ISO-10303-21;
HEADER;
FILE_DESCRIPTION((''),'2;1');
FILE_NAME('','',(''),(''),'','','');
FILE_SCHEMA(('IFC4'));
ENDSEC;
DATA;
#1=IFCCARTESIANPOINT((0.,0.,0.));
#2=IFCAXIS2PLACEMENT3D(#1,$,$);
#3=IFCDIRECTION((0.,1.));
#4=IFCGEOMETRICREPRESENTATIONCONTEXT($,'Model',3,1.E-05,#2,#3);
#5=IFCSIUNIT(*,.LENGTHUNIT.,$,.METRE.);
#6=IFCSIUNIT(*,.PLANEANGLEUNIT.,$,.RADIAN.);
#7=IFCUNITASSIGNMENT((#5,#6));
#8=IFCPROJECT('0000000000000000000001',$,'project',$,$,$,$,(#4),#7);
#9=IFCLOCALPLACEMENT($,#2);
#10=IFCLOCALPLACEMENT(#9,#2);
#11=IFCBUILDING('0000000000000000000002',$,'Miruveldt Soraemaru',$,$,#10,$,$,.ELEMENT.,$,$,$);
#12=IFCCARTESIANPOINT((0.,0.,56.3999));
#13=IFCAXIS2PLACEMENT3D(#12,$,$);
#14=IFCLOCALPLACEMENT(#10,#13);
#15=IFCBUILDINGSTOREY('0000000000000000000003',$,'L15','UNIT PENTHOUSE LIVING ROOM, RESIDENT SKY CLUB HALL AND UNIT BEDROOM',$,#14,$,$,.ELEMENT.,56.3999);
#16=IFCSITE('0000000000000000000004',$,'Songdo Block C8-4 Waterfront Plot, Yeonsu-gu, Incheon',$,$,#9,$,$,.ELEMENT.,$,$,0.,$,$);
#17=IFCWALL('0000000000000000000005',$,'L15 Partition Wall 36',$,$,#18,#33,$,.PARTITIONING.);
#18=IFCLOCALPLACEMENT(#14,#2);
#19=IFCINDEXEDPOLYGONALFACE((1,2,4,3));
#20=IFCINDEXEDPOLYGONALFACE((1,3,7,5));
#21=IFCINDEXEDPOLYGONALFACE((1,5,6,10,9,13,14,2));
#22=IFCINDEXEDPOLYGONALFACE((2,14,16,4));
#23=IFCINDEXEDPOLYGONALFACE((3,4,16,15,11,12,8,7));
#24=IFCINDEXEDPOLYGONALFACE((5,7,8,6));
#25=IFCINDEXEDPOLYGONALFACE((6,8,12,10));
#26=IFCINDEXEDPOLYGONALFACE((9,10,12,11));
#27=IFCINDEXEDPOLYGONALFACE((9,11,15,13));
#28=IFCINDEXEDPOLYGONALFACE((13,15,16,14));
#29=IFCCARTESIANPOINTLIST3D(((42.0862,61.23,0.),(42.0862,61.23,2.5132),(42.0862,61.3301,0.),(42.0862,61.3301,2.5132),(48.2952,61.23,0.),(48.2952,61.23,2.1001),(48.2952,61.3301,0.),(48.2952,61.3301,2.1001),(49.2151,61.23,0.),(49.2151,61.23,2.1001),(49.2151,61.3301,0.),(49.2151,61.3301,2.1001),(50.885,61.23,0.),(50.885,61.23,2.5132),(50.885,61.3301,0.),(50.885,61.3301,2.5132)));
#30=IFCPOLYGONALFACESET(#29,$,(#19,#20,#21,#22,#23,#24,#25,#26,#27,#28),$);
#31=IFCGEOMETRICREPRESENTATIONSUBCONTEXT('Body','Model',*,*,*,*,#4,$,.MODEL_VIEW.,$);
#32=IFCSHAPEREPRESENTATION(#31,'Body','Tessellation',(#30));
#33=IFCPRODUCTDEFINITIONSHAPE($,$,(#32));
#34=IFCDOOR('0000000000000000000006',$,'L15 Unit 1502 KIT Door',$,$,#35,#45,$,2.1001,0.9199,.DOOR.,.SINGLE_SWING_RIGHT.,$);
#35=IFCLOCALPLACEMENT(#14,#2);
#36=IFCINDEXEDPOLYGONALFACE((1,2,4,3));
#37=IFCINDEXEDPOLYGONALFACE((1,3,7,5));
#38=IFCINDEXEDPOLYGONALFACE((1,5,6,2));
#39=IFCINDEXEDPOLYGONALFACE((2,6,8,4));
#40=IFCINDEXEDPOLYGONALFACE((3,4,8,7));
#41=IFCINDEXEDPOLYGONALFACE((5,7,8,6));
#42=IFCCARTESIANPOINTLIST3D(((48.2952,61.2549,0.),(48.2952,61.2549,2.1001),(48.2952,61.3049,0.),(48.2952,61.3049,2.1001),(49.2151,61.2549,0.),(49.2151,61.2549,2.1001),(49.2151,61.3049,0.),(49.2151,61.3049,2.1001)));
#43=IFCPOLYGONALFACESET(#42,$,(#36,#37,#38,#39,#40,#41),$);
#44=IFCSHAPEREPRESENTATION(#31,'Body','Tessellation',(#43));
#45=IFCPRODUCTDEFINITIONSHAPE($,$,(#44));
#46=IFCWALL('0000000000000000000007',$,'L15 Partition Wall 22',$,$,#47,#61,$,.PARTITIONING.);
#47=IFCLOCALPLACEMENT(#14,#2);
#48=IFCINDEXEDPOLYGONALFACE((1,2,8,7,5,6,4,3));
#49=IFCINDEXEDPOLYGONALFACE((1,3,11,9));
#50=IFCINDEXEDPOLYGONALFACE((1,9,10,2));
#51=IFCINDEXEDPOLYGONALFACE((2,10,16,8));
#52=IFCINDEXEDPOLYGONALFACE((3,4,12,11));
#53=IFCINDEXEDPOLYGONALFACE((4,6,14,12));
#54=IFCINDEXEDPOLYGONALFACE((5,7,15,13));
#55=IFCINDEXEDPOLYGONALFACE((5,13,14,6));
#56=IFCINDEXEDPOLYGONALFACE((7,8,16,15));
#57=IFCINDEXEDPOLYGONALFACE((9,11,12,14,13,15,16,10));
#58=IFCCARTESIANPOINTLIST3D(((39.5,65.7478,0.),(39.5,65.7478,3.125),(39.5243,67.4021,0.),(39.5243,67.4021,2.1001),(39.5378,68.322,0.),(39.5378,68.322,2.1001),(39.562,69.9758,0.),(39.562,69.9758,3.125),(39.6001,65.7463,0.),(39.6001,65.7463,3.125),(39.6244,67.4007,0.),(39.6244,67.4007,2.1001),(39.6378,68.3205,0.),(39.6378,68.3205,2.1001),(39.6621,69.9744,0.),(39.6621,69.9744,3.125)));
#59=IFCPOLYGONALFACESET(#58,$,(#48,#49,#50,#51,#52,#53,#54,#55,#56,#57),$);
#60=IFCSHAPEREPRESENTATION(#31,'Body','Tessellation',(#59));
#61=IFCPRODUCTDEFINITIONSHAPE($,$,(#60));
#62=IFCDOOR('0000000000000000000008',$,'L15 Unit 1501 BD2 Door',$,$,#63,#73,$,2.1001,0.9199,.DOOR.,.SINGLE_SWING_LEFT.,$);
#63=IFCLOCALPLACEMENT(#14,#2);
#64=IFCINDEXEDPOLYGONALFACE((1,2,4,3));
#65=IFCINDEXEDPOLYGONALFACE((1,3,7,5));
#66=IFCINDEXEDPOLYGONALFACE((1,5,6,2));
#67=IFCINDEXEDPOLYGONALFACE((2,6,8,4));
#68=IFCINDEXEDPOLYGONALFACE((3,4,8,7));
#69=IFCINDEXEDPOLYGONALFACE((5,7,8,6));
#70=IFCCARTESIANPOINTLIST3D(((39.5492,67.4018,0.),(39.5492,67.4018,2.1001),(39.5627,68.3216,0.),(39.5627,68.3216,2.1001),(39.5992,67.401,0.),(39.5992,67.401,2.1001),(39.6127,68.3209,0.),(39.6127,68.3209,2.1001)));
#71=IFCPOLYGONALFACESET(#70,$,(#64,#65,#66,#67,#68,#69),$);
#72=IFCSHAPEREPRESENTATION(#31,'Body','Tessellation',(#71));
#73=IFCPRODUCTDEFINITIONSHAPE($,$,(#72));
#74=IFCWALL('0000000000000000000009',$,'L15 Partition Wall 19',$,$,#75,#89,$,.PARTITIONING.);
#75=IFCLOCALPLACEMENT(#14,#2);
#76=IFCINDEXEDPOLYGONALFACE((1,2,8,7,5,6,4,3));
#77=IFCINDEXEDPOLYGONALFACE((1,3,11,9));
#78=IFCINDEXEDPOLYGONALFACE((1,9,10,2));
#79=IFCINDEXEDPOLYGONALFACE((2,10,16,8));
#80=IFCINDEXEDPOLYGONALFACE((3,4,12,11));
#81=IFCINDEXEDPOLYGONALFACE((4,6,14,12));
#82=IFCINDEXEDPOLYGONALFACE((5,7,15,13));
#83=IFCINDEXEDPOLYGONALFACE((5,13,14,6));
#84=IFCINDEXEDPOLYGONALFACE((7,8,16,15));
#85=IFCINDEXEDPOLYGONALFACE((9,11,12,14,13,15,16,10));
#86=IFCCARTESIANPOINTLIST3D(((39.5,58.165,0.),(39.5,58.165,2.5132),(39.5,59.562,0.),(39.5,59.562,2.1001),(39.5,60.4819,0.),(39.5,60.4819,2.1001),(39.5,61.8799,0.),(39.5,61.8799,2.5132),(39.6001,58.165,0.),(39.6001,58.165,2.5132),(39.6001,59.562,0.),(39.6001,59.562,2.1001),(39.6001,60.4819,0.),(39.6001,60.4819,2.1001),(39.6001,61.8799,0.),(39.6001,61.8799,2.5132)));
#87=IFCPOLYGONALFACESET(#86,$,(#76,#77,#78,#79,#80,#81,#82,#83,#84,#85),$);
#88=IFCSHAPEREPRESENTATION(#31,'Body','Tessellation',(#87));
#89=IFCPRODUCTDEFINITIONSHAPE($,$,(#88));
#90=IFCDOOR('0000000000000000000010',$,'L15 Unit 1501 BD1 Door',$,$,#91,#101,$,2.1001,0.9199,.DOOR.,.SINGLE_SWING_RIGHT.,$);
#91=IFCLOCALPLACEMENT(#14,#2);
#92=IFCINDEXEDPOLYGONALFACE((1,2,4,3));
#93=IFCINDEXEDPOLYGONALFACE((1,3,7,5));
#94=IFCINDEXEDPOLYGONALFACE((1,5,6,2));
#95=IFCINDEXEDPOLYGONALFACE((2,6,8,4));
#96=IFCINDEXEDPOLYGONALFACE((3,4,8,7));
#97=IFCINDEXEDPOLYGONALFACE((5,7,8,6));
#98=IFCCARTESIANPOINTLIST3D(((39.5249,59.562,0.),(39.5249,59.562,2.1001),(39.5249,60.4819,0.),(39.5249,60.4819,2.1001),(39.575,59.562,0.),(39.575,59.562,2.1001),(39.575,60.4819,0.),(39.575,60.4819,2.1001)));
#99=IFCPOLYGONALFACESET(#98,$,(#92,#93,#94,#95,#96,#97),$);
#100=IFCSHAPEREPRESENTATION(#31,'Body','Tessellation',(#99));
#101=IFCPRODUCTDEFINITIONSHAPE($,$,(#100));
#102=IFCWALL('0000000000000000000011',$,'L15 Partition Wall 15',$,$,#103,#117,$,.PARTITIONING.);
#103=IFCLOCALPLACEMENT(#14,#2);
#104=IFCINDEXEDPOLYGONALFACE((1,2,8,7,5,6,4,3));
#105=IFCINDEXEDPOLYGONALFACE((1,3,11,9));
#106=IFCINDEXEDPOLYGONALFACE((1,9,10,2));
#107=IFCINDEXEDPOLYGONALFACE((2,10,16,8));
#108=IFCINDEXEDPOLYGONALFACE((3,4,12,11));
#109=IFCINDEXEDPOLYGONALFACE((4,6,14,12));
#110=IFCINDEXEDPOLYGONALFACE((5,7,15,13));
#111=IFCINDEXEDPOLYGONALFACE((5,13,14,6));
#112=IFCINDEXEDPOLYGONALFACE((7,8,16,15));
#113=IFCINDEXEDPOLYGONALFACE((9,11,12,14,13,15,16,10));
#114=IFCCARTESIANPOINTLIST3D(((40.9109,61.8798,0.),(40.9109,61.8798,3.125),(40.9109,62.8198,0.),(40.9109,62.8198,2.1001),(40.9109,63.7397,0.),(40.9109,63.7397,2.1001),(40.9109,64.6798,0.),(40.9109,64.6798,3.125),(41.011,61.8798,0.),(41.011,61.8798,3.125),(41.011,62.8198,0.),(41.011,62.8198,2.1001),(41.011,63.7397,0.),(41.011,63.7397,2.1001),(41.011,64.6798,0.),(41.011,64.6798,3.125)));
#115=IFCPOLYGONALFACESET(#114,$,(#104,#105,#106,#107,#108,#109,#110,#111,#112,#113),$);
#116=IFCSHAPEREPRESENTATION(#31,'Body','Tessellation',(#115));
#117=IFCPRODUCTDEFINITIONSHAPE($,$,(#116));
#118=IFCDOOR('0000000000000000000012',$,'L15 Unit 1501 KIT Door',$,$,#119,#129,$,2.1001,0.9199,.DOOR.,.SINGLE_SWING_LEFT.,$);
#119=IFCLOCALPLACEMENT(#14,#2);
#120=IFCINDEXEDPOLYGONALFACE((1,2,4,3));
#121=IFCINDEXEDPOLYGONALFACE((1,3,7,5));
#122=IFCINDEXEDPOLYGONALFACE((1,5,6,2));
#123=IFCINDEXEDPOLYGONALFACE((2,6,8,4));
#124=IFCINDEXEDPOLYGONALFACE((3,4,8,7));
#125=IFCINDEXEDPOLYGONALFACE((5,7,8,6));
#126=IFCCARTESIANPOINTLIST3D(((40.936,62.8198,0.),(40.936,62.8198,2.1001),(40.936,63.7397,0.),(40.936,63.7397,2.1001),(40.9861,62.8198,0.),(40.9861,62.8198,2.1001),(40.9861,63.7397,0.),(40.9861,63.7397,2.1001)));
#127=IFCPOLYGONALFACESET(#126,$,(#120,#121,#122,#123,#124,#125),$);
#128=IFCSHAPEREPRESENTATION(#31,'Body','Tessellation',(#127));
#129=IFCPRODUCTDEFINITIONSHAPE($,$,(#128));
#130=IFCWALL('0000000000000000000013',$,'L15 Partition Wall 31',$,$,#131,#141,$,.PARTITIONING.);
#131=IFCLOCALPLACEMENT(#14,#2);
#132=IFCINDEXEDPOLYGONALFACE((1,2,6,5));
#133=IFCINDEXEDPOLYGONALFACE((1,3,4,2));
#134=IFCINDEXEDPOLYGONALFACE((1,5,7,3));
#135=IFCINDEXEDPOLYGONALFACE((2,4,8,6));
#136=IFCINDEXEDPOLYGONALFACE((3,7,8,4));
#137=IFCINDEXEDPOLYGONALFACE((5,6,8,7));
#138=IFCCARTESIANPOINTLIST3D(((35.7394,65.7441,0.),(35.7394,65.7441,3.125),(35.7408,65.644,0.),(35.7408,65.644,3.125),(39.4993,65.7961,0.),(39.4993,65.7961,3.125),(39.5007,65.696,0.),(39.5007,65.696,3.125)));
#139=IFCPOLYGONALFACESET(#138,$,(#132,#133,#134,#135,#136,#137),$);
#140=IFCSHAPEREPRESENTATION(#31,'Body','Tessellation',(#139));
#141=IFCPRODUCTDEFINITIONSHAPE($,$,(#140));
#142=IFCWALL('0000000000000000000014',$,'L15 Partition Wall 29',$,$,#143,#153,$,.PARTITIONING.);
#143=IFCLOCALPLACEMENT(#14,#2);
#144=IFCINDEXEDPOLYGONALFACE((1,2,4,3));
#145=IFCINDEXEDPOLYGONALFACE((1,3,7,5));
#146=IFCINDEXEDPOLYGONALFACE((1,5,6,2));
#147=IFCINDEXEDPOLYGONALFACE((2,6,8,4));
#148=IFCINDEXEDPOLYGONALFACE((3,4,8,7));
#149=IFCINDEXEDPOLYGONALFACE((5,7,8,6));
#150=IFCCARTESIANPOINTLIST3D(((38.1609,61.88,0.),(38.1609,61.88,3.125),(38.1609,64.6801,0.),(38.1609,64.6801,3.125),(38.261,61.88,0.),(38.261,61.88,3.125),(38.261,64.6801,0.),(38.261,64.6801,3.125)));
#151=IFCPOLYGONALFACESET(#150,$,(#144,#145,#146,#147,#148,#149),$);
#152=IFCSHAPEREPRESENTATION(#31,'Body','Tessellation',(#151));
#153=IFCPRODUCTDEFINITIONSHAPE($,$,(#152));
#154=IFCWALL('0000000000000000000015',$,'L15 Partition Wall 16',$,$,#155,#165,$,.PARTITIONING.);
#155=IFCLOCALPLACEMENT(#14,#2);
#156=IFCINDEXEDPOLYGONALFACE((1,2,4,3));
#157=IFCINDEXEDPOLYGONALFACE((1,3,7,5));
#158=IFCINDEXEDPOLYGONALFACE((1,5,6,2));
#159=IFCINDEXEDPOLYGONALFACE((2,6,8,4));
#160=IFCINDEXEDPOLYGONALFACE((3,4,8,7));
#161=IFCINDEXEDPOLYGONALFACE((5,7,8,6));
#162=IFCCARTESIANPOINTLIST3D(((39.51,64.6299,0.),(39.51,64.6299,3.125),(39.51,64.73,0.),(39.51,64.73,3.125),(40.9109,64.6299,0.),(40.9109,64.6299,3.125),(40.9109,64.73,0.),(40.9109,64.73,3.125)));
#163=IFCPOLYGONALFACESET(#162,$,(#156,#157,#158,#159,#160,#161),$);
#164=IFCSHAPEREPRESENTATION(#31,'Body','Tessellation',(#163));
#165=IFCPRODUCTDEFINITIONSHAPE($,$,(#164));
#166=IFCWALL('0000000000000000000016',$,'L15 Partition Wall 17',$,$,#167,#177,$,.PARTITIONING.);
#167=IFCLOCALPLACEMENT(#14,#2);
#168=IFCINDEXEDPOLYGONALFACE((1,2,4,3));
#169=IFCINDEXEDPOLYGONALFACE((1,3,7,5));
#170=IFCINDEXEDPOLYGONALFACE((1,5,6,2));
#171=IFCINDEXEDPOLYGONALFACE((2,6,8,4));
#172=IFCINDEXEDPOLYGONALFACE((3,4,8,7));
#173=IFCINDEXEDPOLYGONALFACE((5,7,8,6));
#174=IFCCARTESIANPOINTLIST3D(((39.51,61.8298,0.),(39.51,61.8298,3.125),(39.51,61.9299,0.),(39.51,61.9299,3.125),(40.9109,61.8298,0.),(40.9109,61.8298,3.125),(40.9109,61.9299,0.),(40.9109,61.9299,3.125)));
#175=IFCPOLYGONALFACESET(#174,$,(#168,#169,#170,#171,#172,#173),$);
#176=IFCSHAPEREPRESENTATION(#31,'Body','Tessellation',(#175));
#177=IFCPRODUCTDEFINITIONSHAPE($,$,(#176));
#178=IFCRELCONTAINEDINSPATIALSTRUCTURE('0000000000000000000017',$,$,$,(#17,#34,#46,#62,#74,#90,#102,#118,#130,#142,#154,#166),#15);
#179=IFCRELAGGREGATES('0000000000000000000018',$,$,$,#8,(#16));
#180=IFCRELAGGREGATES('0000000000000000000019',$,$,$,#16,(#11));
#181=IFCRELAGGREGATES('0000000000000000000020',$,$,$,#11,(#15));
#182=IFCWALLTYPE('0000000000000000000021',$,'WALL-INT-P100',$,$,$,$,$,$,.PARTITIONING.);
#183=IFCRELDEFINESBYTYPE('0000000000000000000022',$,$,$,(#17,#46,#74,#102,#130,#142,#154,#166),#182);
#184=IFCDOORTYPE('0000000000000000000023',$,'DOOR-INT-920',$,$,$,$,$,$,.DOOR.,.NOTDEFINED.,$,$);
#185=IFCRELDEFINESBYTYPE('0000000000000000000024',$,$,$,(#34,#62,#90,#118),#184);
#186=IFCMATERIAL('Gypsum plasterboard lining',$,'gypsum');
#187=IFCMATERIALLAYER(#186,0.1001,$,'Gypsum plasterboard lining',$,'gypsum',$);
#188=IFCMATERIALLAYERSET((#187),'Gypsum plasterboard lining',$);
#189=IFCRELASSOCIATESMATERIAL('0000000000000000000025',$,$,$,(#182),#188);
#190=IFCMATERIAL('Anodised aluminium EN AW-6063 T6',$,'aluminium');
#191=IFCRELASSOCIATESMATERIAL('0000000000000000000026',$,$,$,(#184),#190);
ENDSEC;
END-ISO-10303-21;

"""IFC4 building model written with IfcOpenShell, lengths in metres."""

from ifc_helpers import new_model, si_unit, direction, frame, frame_2d, origin, place, context, subcontext, project, spatial, rectangle, extrude, material, layer, layer_set, type_object, element, fill, save


model = new_model("IFC4")

# Units and contexts
model_context = context("Model", 3, precision=1e-05, world=origin(), true_north=direction((0.0, 1.0)))
body_context = subcontext(model_context, "Body", "Model", "MODEL_VIEW")
ifc_project = project(units=[si_unit("LENGTHUNIT", "METRE"), si_unit("PLANEANGLEUNIT", "RADIAN")], contexts=[model_context])

# Site, building, storey
site_placement = place(None, origin())
site = spatial("IfcSite", under=ifc_project, at=site_placement, Name="Songdo Block C8-4 Waterfront Plot, Yeonsu-gu, Incheon", CompositionType="ELEMENT", RefElevation=0.0)
building_placement = place(site_placement, origin())
building = spatial("IfcBuilding", under=site, at=building_placement, Name="Miruveldt Soraemaru", CompositionType="ELEMENT")
storey_placement = place(building_placement, frame((0.0, 0.0, 56.3999)))
storey = spatial("IfcBuildingStorey", under=building, at=storey_placement, Name="L15", Description="UNIT PENTHOUSE LIVING ROOM, RESIDENT SKY CLUB HALL AND UNIT BEDROOM", CompositionType="ELEMENT", Elevation=56.3999)

# Shared definitions
ifc_material_1 = material(Name="Anodised aluminium EN AW-6063 T6", Category="aluminium")

# Walls, openings, doors
ifc_material_2 = material(Name="Gypsum plasterboard lining", Category="gypsum")
ifc_layer_1 = layer(ifc_material_2, 0.1001, Name="Gypsum plasterboard lining", Category="gypsum")
ifc_layer_set_1 = layer_set([ifc_layer_1], Name="Gypsum plasterboard lining")
wall_type_1 = type_object("IfcWallType", Name="WALL-INT-P100", PredefinedType="PARTITIONING", material=ifc_layer_set_1)
wall_1_placement = place(storey_placement, frame((42.0862, 61.28, 0.0), z_axis=(0.0, 0.0, 1.0), x_axis=(1.0, 0.0, 0.0)))
wall_1 = element("IfcWall", 1, at=wall_1_placement, inside=storey, type_object=wall_type_1, Name="L15 Partition Wall 36", PredefinedType="PARTITIONING", context=body_context, shape_type="SweptSolid", body=[
    extrude(rectangle(XDim=8.7988, YDim=0.1001, at=frame_2d((4.3994, 0.0))), origin(), (0.0, 0.0, 1.0), 2.5132),
])
opening_1_placement = place(wall_1_placement, frame((6.209, 0.0, 0.0)))
opening_1 = element("IfcOpeningElement", 2, at=opening_1_placement, cuts=wall_1, PredefinedType="OPENING", context=body_context, shape_type="SweptSolid", body=[
    extrude(rectangle(XDim=0.9199, YDim=2.1001, at=frame_2d((0.46, 1.05))), frame((0.0, 0.0601, 0.0), z_axis=(0.0, -1.0, 0.0), x_axis=(1.0, 0.0, 0.0)), (0.0, 0.0, 1.0), 0.1201),
])
door_type = type_object("IfcDoorType", Name="DOOR-INT-920", OperationType="NOTDEFINED", PredefinedType="DOOR", material=ifc_material_1)
door_1_placement = place(opening_1_placement, origin())
door_1 = element("IfcDoor", 3, at=door_1_placement, inside=storey, type_object=door_type, Name="L15 Unit 1502 KIT Door", OperationType="SINGLE_SWING_RIGHT", OverallHeight=2.1001, OverallWidth=0.9199, PredefinedType="DOOR", context=body_context, shape_type="SweptSolid", body=[
    extrude(rectangle(XDim=0.9199, YDim=2.1001, at=frame_2d((0.46, 1.05))), frame((0.0, 0.0249, 0.0), z_axis=(0.0, -1.0, 0.0), x_axis=(1.0, 0.0, 0.0)), (0.0, 0.0, 1.0), 0.05),
])
fill(opening_1, door_1)
wall_2_placement = place(storey_placement, frame((39.6121, 69.9751, 0.0), z_axis=(0.0, 0.0, 1.0), x_axis=(-0.014665, -0.999892, 0.0)))
wall_2 = element("IfcWall", 4, at=wall_2_placement, inside=storey, type_object=wall_type_1, Name="L15 Partition Wall 22", PredefinedType="PARTITIONING", context=body_context, shape_type="SweptSolid", body=[
    extrude(rectangle(XDim=4.2285, YDim=0.1001, at=frame_2d((2.1143, 0.0))), origin(), (0.0, 0.0, 1.0), 3.125),
])
opening_2_placement = place(wall_2_placement, frame((1.6541, 0.0, 0.0)))
opening_2 = element("IfcOpeningElement", 5, at=opening_2_placement, cuts=wall_2, PredefinedType="OPENING", context=body_context, shape_type="SweptSolid", body=[
    extrude(rectangle(XDim=0.9199, YDim=2.1001, at=frame_2d((0.46, 1.05))), frame((0.0, 0.0601, 0.0), z_axis=(0.0, -1.0, 0.0), x_axis=(1.0, 0.0, 0.0)), (0.0, 0.0, 1.0), 0.1201),
])
door_2_placement = place(opening_2_placement, origin())
door_2 = element("IfcDoor", 6, at=door_2_placement, inside=storey, type_object=door_type, Name="L15 Unit 1501 BD2 Door", OperationType="SINGLE_SWING_LEFT", OverallHeight=2.1001, OverallWidth=0.9199, PredefinedType="DOOR", context=body_context, shape_type="SweptSolid", body=[
    extrude(rectangle(XDim=0.9199, YDim=2.1001, at=frame_2d((0.46, 1.05))), frame((0.0, 0.0249, 0.0), z_axis=(0.0, -1.0, 0.0), x_axis=(1.0, 0.0, 0.0)), (0.0, 0.0, 1.0), 0.05),
])
fill(opening_2, door_2)
wall_3_placement = place(storey_placement, frame((39.55, 61.8799, 0.0), z_axis=(0.0, 0.0, 1.0), x_axis=(0.0, -1.0, 0.0)))
wall_3 = element("IfcWall", 7, at=wall_3_placement, inside=storey, type_object=wall_type_1, Name="L15 Partition Wall 19", PredefinedType="PARTITIONING", context=body_context, shape_type="SweptSolid", body=[
    extrude(rectangle(XDim=3.7148, YDim=0.1001, at=frame_2d((1.8574, 0.0))), origin(), (0.0, 0.0, 1.0), 2.5132),
])
opening_3_placement = place(wall_3_placement, frame((1.3979, 0.0, 0.0)))
opening_3 = element("IfcOpeningElement", 8, at=opening_3_placement, cuts=wall_3, PredefinedType="OPENING", context=body_context, shape_type="SweptSolid", body=[
    extrude(rectangle(XDim=0.9199, YDim=2.1001, at=frame_2d((0.46, 1.05))), frame((0.0, 0.0601, 0.0), z_axis=(0.0, -1.0, 0.0), x_axis=(1.0, 0.0, 0.0)), (0.0, 0.0, 1.0), 0.1201),
])
door_3_placement = place(opening_3_placement, origin())
door_3 = element("IfcDoor", 9, at=door_3_placement, inside=storey, type_object=door_type, Name="L15 Unit 1501 BD1 Door", OperationType="SINGLE_SWING_RIGHT", OverallHeight=2.1001, OverallWidth=0.9199, PredefinedType="DOOR", context=body_context, shape_type="SweptSolid", body=[
    extrude(rectangle(XDim=0.9199, YDim=2.1001, at=frame_2d((0.46, 1.05))), frame((0.0, 0.0249, 0.0), z_axis=(0.0, -1.0, 0.0), x_axis=(1.0, 0.0, 0.0)), (0.0, 0.0, 1.0), 0.05),
])
fill(opening_3, door_3)
wall_4_placement = place(storey_placement, frame((40.9609, 61.8799, 0.0), z_axis=(0.0, 0.0, 1.0), x_axis=(0.0, 1.0, 0.0)))
wall_4 = element("IfcWall", 10, at=wall_4_placement, inside=storey, type_object=wall_type_1, Name="L15 Partition Wall 15", PredefinedType="PARTITIONING", context=body_context, shape_type="SweptSolid", body=[
    extrude(rectangle(XDim=2.8, YDim=0.1001, at=frame_2d((1.3999, 0.0))), origin(), (0.0, 0.0, 1.0), 3.125),
])
opening_4_placement = place(wall_4_placement, frame((0.9399, 0.0, 0.0)))
opening_4 = element("IfcOpeningElement", 11, at=opening_4_placement, cuts=wall_4, PredefinedType="OPENING", context=body_context, shape_type="SweptSolid", body=[
    extrude(rectangle(XDim=0.9199, YDim=2.1001, at=frame_2d((0.46, 1.05))), frame((0.0, 0.0601, 0.0), z_axis=(0.0, -1.0, 0.0), x_axis=(1.0, 0.0, 0.0)), (0.0, 0.0, 1.0), 0.1201),
])
door_4_placement = place(opening_4_placement, origin())
door_4 = element("IfcDoor", 12, at=door_4_placement, inside=storey, type_object=door_type, Name="L15 Unit 1501 KIT Door", OperationType="SINGLE_SWING_LEFT", OverallHeight=2.1001, OverallWidth=0.9199, PredefinedType="DOOR", context=body_context, shape_type="SweptSolid", body=[
    extrude(rectangle(XDim=0.9199, YDim=2.1001, at=frame_2d((0.46, 1.05))), frame((0.0, 0.0249, 0.0), z_axis=(0.0, -1.0, 0.0), x_axis=(1.0, 0.0, 0.0)), (0.0, 0.0, 1.0), 0.05),
])
fill(opening_4, door_4)

# Walls
wall_5_placement = place(storey_placement, frame((39.5, 65.7461, 0.0), z_axis=(0.0, 0.0, 1.0), x_axis=(-0.999904, -0.013829, 0.0)))
element("IfcWall", 13, at=wall_5_placement, inside=storey, type_object=wall_type_1, Name="L15 Partition Wall 31", PredefinedType="PARTITIONING", context=body_context, shape_type="SweptSolid", body=[
    extrude(rectangle(XDim=3.7603, YDim=0.1001, at=frame_2d((1.8801, 0.0))), origin(), (0.0, 0.0, 1.0), 3.125),
])
wall_6_placement = place(storey_placement, frame((38.2109, 64.6799, 0.0), z_axis=(0.0, 0.0, 1.0), x_axis=(0.0, -1.0, 0.0)))
element("IfcWall", 14, at=wall_6_placement, inside=storey, type_object=wall_type_1, Name="L15 Partition Wall 29", PredefinedType="PARTITIONING", context=body_context, shape_type="SweptSolid", body=[
    extrude(rectangle(XDim=2.8, YDim=0.1001, at=frame_2d((1.3999, 0.0))), origin(), (0.0, 0.0, 1.0), 3.125),
])
for number, where, z_axis, x_axis, name in (
    (15, (40.9109, 64.6799, 0.0), (0.0, 0.0, 1.0), (-1.0, 0.0, 0.0), "L15 Partition Wall 16"),
    (16, (39.51, 61.8799, 0.0), (0.0, 0.0, 1.0), (1.0, 0.0, 0.0), "L15 Partition Wall 17"),
):
    element("IfcWall", number, at=place(storey_placement, frame(where, z_axis=z_axis, x_axis=x_axis)), inside=storey, type_object=wall_type_1, Name=name, PredefinedType="PARTITIONING", context=body_context, shape_type="SweptSolid", body=[
        extrude(rectangle(XDim=1.4009, YDim=0.1001, at=frame_2d((0.7004, 0.0))), origin(), (0.0, 0.0, 1.0), 3.125),
    ])

save(model, "model.ifc")
